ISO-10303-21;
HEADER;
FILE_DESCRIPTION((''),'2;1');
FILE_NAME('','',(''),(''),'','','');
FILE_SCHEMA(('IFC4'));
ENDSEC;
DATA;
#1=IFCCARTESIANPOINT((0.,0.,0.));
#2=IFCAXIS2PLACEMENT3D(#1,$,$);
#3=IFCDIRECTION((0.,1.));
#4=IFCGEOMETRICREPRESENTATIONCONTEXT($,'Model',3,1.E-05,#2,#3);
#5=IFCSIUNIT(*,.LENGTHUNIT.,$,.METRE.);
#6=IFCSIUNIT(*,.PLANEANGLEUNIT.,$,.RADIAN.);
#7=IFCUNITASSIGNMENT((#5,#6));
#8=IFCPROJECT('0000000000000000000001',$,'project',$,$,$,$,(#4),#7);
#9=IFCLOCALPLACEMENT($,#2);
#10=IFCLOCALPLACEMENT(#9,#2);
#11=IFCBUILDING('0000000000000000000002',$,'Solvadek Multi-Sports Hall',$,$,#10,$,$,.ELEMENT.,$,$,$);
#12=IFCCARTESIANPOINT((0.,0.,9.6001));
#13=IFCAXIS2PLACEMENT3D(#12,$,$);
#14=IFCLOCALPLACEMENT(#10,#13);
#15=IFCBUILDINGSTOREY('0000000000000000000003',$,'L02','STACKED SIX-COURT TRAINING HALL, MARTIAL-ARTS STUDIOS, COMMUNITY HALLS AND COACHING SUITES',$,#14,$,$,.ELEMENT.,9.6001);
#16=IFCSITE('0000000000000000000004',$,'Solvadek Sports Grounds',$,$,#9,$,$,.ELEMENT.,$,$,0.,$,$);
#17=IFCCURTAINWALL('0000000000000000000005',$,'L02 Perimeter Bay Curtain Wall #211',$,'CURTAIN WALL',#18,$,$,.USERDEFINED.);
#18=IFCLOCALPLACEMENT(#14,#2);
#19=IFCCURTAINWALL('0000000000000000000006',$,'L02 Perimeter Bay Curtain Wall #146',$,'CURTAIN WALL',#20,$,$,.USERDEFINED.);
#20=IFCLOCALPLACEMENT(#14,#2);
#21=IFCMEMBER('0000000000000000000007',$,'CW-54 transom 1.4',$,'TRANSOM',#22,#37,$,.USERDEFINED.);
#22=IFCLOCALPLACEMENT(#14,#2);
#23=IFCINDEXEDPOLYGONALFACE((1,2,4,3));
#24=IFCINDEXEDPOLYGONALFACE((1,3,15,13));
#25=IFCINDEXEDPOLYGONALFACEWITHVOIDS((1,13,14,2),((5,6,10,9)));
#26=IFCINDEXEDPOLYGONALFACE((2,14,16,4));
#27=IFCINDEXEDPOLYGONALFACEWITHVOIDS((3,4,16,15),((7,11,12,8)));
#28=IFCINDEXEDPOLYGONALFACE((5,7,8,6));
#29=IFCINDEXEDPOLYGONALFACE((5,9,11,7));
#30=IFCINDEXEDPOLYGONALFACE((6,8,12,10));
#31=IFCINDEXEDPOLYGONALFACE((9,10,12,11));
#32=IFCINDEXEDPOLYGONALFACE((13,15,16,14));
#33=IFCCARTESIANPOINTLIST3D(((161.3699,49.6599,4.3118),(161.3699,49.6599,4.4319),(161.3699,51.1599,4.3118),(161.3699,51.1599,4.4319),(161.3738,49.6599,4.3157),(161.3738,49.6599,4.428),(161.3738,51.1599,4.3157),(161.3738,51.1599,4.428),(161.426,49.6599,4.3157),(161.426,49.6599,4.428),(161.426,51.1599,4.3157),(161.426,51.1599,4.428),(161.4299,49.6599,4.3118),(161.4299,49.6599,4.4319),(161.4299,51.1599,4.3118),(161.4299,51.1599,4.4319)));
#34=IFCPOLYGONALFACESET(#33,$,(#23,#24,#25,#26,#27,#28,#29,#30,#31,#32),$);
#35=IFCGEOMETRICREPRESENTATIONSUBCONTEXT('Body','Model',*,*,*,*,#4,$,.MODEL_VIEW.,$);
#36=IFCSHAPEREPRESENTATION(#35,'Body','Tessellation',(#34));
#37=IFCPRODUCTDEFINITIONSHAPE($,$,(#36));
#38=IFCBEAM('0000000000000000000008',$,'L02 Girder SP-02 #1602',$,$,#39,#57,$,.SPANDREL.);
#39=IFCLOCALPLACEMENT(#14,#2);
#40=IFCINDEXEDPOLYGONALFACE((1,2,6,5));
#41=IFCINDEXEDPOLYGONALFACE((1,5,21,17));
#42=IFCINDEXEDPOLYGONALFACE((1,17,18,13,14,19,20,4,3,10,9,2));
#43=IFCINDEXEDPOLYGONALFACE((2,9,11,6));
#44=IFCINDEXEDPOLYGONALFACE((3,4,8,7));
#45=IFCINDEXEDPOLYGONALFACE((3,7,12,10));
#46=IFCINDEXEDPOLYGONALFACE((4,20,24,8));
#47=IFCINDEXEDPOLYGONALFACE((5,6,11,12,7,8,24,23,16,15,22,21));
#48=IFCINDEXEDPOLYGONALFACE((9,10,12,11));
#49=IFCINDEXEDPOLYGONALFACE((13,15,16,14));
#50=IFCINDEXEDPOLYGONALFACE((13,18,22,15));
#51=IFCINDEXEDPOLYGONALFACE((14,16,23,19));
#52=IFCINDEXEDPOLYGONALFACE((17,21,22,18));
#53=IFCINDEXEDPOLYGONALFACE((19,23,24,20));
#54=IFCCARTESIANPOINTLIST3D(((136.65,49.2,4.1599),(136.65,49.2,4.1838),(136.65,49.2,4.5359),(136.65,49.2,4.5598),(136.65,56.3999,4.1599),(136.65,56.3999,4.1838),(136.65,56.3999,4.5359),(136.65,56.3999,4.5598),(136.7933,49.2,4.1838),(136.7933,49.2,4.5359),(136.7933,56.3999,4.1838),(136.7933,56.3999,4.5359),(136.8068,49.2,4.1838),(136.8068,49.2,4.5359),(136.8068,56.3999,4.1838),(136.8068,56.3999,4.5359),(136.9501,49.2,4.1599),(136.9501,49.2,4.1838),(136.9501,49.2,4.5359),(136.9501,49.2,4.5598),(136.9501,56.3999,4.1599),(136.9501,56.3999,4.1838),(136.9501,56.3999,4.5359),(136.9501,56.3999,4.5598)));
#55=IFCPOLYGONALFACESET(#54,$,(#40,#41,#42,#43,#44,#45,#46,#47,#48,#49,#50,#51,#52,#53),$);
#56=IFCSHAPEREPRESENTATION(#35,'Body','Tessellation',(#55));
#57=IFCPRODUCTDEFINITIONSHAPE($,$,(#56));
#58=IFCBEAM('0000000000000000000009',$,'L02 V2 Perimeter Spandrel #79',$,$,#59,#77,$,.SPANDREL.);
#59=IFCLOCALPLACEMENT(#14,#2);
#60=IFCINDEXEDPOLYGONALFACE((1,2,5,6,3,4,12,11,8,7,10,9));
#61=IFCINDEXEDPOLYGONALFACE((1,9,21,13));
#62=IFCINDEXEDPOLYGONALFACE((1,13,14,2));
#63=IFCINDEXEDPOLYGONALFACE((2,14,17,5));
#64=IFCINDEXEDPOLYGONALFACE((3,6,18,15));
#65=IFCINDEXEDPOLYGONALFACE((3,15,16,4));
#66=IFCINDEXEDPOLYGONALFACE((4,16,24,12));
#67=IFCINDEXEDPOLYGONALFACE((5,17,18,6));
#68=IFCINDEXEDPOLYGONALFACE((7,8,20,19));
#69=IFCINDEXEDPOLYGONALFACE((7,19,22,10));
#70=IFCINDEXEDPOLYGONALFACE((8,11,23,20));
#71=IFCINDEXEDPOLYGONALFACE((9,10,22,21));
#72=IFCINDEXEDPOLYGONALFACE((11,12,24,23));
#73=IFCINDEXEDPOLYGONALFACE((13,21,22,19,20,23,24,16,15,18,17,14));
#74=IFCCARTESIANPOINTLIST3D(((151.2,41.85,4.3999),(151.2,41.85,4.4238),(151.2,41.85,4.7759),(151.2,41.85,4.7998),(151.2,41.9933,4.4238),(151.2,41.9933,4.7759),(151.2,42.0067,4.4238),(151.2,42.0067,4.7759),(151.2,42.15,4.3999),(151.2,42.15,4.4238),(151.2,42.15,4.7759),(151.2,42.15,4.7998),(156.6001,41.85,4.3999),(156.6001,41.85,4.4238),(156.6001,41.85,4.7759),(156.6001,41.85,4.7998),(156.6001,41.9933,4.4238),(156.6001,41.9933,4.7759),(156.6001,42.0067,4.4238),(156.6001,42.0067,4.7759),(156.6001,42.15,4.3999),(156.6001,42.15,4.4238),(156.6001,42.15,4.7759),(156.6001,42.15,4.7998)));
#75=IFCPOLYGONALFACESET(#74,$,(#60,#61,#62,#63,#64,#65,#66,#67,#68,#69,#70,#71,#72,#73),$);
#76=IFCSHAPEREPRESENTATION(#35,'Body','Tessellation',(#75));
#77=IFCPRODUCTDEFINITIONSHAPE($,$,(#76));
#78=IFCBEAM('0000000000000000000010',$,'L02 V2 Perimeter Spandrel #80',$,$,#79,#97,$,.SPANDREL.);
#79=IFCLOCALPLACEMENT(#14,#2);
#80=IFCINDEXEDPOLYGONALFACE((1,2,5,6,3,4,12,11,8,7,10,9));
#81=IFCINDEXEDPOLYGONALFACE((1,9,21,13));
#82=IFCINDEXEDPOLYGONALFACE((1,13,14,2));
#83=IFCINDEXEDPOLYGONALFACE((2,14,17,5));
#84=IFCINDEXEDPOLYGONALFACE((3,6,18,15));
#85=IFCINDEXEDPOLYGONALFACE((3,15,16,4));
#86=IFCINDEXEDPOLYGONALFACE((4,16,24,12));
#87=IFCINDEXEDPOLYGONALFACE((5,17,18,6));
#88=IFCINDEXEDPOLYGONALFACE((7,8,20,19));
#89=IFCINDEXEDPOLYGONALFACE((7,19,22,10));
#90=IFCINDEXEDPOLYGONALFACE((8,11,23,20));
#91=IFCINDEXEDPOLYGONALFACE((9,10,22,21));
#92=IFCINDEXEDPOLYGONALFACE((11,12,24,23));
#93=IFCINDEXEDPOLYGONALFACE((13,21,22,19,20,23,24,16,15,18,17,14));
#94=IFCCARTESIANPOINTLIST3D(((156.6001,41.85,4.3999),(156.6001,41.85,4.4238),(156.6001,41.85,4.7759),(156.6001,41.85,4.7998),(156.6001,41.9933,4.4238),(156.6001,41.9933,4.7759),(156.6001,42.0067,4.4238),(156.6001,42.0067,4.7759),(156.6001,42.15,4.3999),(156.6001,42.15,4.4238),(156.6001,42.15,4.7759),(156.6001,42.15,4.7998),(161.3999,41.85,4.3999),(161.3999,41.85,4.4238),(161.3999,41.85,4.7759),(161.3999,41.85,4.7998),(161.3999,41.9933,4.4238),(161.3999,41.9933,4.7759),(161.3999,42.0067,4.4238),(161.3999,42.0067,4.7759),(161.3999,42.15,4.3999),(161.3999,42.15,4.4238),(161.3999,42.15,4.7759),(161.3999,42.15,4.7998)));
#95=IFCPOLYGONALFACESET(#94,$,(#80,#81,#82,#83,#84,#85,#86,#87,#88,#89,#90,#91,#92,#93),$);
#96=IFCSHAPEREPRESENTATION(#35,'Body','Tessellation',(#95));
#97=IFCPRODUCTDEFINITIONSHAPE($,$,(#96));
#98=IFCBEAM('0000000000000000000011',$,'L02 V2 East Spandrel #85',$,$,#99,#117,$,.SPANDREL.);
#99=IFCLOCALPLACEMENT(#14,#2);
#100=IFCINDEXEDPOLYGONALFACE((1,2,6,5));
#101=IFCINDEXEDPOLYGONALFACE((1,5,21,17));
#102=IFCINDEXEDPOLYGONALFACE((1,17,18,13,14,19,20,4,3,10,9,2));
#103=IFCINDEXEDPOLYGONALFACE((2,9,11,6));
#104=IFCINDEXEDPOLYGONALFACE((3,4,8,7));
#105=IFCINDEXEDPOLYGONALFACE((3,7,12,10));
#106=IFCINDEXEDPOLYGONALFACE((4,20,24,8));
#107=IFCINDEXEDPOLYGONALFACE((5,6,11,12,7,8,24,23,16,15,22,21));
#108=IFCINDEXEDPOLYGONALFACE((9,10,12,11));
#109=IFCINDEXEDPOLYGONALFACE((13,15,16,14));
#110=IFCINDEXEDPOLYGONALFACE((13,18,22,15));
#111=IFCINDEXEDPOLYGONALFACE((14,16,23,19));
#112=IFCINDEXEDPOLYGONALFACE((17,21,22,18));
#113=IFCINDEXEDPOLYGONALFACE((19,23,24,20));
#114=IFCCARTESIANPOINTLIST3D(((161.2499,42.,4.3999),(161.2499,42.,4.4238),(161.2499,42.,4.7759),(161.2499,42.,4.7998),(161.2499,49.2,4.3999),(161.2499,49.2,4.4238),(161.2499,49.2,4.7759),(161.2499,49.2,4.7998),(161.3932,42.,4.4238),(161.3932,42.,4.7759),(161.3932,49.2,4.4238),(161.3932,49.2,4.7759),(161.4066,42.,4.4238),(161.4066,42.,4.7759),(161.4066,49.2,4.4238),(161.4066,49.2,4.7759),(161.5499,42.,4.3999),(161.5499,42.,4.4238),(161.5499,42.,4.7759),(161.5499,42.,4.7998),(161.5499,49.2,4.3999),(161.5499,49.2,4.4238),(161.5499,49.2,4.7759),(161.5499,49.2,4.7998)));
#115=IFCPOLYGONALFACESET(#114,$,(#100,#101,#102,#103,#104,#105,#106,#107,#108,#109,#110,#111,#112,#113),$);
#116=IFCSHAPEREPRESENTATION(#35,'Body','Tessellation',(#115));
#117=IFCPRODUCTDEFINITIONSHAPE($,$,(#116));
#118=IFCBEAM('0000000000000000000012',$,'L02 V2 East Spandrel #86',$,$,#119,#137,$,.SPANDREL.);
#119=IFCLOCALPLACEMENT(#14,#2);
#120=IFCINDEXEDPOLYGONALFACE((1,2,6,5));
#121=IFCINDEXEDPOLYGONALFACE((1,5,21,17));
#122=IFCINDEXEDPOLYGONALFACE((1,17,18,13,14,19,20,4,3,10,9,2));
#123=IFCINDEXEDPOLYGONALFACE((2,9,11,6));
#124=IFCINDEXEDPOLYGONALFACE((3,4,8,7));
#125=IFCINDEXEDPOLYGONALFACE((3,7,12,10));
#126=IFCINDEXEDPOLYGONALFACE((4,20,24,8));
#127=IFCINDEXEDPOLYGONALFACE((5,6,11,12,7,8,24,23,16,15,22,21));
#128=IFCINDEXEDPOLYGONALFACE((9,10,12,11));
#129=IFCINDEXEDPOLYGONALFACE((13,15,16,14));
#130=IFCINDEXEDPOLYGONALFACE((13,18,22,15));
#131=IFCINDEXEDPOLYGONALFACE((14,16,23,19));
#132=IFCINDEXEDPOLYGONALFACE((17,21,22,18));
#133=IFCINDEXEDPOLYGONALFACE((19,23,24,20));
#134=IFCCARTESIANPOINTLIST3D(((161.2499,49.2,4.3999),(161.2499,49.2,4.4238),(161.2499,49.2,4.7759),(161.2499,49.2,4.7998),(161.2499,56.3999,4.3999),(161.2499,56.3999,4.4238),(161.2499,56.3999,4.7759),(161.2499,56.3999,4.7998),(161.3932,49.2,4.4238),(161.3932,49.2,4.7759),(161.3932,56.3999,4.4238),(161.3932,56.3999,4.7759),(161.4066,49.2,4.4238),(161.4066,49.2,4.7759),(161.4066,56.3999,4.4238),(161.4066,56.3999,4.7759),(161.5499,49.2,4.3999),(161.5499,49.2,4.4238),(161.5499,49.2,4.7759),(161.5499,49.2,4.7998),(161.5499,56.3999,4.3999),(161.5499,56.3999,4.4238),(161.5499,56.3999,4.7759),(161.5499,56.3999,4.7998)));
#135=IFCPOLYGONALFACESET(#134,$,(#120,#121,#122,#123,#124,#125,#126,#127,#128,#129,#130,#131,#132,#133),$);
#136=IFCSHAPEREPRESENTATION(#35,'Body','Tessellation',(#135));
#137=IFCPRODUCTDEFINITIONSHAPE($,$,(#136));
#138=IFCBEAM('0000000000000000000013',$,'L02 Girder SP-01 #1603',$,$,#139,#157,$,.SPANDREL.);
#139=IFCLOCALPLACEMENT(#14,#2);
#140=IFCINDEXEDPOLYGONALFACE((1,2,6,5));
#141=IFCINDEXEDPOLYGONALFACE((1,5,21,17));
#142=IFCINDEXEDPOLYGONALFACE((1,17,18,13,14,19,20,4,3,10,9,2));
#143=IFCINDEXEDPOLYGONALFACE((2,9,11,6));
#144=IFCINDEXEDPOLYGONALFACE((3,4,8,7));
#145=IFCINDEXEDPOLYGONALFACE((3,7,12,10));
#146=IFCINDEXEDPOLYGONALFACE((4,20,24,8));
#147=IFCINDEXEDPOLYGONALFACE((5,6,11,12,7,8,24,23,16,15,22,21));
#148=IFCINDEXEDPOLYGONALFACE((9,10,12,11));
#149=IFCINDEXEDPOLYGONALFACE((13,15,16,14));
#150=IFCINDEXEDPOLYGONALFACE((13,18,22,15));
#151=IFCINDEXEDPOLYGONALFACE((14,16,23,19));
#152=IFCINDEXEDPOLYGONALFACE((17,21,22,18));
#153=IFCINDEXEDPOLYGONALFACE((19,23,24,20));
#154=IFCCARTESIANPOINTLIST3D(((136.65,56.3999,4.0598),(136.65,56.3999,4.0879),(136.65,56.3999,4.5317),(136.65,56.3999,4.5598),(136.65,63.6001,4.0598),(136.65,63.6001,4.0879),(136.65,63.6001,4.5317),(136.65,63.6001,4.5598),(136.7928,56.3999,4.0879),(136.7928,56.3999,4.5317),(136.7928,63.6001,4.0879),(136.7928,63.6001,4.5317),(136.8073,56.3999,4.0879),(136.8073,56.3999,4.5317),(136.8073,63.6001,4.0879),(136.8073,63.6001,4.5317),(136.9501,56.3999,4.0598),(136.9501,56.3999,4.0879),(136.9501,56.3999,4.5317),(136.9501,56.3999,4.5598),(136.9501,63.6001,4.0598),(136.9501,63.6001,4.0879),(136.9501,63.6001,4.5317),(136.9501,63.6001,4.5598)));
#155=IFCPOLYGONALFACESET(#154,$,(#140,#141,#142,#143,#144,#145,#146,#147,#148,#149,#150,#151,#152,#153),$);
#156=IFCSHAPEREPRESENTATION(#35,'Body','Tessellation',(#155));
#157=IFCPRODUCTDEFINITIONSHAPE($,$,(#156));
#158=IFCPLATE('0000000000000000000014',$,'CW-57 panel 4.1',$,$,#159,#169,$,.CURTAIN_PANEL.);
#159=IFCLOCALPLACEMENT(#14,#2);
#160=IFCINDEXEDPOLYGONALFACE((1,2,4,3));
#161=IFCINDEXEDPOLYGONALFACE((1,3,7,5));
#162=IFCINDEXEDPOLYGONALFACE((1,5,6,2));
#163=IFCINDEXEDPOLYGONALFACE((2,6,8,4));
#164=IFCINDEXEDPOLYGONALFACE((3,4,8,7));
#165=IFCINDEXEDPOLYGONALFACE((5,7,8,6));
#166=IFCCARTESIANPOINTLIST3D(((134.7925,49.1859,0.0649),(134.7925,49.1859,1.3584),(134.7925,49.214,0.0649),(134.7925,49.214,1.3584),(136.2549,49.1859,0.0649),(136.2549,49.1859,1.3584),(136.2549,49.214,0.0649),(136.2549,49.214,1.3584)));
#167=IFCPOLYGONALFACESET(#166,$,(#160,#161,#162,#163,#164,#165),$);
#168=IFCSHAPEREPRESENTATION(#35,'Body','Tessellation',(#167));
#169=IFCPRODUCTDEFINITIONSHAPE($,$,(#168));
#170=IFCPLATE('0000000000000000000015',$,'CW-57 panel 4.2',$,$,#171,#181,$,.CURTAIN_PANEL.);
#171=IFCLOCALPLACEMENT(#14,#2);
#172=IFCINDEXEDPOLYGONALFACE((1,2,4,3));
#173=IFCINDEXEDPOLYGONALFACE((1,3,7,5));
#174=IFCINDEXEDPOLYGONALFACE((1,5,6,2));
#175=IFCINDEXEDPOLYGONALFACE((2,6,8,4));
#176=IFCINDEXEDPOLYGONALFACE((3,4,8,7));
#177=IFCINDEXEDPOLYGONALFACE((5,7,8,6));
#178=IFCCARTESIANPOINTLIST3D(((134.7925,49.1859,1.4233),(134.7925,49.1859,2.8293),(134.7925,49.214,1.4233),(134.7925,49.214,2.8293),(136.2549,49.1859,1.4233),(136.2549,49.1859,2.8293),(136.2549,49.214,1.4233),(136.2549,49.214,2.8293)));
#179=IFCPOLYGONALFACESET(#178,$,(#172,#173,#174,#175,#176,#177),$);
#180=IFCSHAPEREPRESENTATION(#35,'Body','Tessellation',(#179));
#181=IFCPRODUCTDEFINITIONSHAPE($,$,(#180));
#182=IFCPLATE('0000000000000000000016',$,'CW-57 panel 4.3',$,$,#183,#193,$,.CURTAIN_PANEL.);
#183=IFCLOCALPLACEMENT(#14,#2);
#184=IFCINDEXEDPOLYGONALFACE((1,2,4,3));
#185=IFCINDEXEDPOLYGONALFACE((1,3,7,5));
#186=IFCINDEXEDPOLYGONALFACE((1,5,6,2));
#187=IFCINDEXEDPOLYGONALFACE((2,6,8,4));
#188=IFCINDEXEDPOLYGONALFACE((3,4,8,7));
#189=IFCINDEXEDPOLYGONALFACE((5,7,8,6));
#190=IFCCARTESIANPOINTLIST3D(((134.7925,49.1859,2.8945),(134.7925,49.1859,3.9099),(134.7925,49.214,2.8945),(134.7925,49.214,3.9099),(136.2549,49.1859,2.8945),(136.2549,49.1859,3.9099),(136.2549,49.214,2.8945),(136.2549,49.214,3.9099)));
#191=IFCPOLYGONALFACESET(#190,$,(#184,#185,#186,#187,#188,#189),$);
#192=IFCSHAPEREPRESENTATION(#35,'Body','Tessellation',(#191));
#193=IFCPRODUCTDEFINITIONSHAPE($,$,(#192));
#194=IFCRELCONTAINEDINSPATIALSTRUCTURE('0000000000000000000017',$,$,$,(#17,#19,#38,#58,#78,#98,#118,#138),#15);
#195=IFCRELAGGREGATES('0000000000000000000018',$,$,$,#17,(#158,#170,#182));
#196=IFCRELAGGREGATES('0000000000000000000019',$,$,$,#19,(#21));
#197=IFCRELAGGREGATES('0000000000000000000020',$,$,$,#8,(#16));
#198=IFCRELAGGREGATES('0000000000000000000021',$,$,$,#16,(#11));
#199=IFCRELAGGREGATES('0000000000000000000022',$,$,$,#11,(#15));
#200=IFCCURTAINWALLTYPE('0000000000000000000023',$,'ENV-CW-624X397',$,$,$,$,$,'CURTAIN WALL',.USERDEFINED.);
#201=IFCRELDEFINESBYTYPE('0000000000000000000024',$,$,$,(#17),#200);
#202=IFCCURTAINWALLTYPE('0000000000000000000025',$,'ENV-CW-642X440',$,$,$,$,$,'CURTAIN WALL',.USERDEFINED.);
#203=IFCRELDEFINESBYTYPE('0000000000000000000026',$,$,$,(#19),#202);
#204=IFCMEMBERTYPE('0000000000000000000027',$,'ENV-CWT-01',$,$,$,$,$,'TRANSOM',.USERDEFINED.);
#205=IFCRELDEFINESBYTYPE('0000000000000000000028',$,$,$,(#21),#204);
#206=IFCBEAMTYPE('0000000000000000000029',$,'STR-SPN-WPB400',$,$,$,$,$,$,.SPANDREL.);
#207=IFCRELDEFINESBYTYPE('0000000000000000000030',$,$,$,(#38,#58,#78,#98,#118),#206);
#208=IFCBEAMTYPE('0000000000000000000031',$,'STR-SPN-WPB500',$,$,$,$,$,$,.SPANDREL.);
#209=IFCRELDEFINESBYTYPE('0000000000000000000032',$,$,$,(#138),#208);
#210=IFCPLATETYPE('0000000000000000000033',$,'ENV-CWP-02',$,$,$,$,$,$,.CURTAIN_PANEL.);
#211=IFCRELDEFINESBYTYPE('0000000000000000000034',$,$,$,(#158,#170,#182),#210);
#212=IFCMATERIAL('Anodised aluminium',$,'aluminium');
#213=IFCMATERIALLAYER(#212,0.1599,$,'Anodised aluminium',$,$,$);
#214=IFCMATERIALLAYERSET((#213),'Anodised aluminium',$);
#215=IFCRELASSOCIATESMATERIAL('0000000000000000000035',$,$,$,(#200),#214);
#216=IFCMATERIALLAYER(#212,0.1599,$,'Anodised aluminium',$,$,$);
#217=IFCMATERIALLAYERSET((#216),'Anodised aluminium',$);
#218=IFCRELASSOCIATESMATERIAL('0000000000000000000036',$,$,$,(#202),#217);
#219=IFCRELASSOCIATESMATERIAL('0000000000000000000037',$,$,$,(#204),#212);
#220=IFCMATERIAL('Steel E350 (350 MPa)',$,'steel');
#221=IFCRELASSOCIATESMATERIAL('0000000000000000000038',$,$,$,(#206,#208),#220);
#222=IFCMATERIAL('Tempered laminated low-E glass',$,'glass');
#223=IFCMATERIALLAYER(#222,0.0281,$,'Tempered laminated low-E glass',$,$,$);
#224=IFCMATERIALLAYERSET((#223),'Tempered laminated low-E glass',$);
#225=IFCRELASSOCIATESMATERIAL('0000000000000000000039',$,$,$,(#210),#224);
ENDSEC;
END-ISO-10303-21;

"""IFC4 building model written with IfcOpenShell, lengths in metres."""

from ifc_helpers import new_model, si_unit, direction, frame, origin, origin_2d, place, context, subcontext, project, spatial, rectangle, hollow_rectangle, i_section, extrude, material, layer, layer_set, material_profile, profile_set, type_object, element, aggregate, save


model = new_model("IFC4")

# Units and contexts
model_context = context("Model", 3, precision=1e-05, world=origin(), true_north=direction((0.0, 1.0)))
body_context = subcontext(model_context, "Body", "Model", "MODEL_VIEW")
ifc_project = project(units=[si_unit("LENGTHUNIT", "METRE"), si_unit("PLANEANGLEUNIT", "RADIAN")], contexts=[model_context])

# Site, building, storey
site_placement = place(None, origin())
site = spatial("IfcSite", under=ifc_project, at=site_placement, Name="Solvadek Sports Grounds", CompositionType="ELEMENT", RefElevation=0.0)
building_placement = place(site_placement, origin())
building = spatial("IfcBuilding", under=site, at=building_placement, Name="Solvadek Multi-Sports Hall", CompositionType="ELEMENT")
storey_placement = place(building_placement, frame((0.0, 0.0, 9.6001)))
storey = spatial("IfcBuildingStorey", under=building, at=storey_placement, Name="L02", Description="STACKED SIX-COURT TRAINING HALL, MARTIAL-ARTS STUDIOS, COMMUNITY HALLS AND COACHING SUITES", CompositionType="ELEMENT", Elevation=9.6001)

# Shared definitions
ifc_material_1 = material(Name="Steel E350 (350 MPa)", Category="steel")

# Curtain wall
ifc_material_2 = material(Name="Anodised aluminium", Category="aluminium")
ifc_layer_1 = layer(ifc_material_2, 0.1599, Name="Anodised aluminium")
ifc_layer_set_1 = layer_set([ifc_layer_1], Name="Anodised aluminium")
curtain_wall_type_1 = type_object("IfcCurtainWallType", Name="ENV-CW-624X397", ElementType="CURTAIN WALL", PredefinedType="USERDEFINED", material=ifc_layer_set_1)
curtain_wall_1_placement = place(storey_placement, origin())
curtain_wall_1 = element("IfcCurtainWall", 1, at=curtain_wall_1_placement, inside=storey, type_object=curtain_wall_type_1, Name="L02 Perimeter Bay Curtain Wall #211", ObjectType="CURTAIN WALL", PredefinedType="USERDEFINED")

# Curtain wall, member
ifc_layer_2 = layer(ifc_material_2, 0.1599, Name="Anodised aluminium")
ifc_layer_set_2 = layer_set([ifc_layer_2], Name="Anodised aluminium")
curtain_wall_type_2 = type_object("IfcCurtainWallType", Name="ENV-CW-642X440", ElementType="CURTAIN WALL", PredefinedType="USERDEFINED", material=ifc_layer_set_2)
curtain_wall_2_placement = place(storey_placement, origin())
curtain_wall_2 = element("IfcCurtainWall", 2, at=curtain_wall_2_placement, inside=storey, type_object=curtain_wall_type_2, Name="L02 Perimeter Bay Curtain Wall #146", ObjectType="CURTAIN WALL", PredefinedType="USERDEFINED")
ifc_material_profile_1 = material_profile(ifc_material_2, hollow_rectangle(XDim=0.0601, YDim=0.1201, WallThickness=0.0039, at=origin_2d()), Name="ALU-T 120x60x4")
ifc_profile_set_1 = profile_set([ifc_material_profile_1], Name="Anodised aluminium")
member_type_1 = type_object("IfcMemberType", Name="ENV-CWT-01", ElementType="TRANSOM", PredefinedType="USERDEFINED", material=ifc_profile_set_1)
member_1_placement = place(storey_placement, frame((161.3999, 49.6599, 4.3718), z_axis=(0.0, 1.0, 0.0), x_axis=(-1.0, 0.0, 0.0)))
member_1 = element("IfcMember", 3, at=member_1_placement, type_object=member_type_1, Name="CW-54 transom 1.4", ObjectType="TRANSOM", PredefinedType="USERDEFINED", context=body_context, shape_type="SweptSolid", body=[
    extrude(hollow_rectangle(XDim=0.0601, YDim=0.1201, WallThickness=0.0039, at=origin_2d()), origin(), (0.0, 0.0, 1.0), 1.5),
])

# Beams
ifc_material_profile_2 = material_profile(ifc_material_1, i_section(OverallWidth=0.3, OverallDepth=0.3999, WebThickness=0.0134, FlangeThickness=0.0239, at=origin_2d()), Name="WPB 400")
ifc_profile_set_2 = profile_set([ifc_material_profile_2], Name="Steel E350 (350 MPa)")
beam_type_1 = type_object("IfcBeamType", Name="STR-SPN-WPB400", PredefinedType="SPANDREL", material=ifc_profile_set_2)
beam_1_placement = place(storey_placement, frame((136.8, 49.2, 4.3599), z_axis=(0.0, 1.0, 0.0), x_axis=(-1.0, 0.0, 0.0)))
element("IfcBeam", 4, at=beam_1_placement, inside=storey, type_object=beam_type_1, Name="L02 Girder SP-02 #1602", PredefinedType="SPANDREL", context=body_context, shape_type="SweptSolid", body=[
    extrude(i_section(OverallWidth=0.3, OverallDepth=0.3999, WebThickness=0.0134, FlangeThickness=0.0239, at=origin_2d()), origin(), (0.0, 0.0, 1.0), 7.2),
])
beam_2_placement = place(storey_placement, frame((151.2, 42.0, 4.5999), z_axis=(1.0, 0.0, 0.0), x_axis=(0.0, 1.0, 0.0)))
element("IfcBeam", 5, at=beam_2_placement, inside=storey, type_object=beam_type_1, Name="L02 V2 Perimeter Spandrel #79", PredefinedType="SPANDREL", context=body_context, shape_type="SweptSolid", body=[
    extrude(i_section(OverallWidth=0.3, OverallDepth=0.3999, WebThickness=0.0134, FlangeThickness=0.0239, at=origin_2d()), origin(), (0.0, 0.0, 1.0), 5.4001),
])
beam_3_placement = place(storey_placement, frame((156.6001, 42.0, 4.5999), z_axis=(1.0, 0.0, 0.0), x_axis=(0.0, 1.0, 0.0)))
element("IfcBeam", 6, at=beam_3_placement, inside=storey, type_object=beam_type_1, Name="L02 V2 Perimeter Spandrel #80", PredefinedType="SPANDREL", context=body_context, shape_type="SweptSolid", body=[
    extrude(i_section(OverallWidth=0.3, OverallDepth=0.3999, WebThickness=0.0134, FlangeThickness=0.0239, at=origin_2d()), origin(), (0.0, 0.0, 1.0), 4.7998),
])
for number, where, z_axis, x_axis, name in (
    (7, (161.3999, 42.0, 4.5999), (0.0, 1.0, 0.0), (-1.0, 0.0, 0.0), "L02 V2 East Spandrel #85"),
    (8, (161.3999, 49.2, 4.5999), (0.0, 1.0, 0.0), (-1.0, 0.0, 0.0), "L02 V2 East Spandrel #86"),
):
    element("IfcBeam", number, at=place(storey_placement, frame(where, z_axis=z_axis, x_axis=x_axis)), inside=storey, type_object=beam_type_1, Name=name, PredefinedType="SPANDREL", context=body_context, shape_type="SweptSolid", body=[
        extrude(i_section(OverallWidth=0.3, OverallDepth=0.3999, WebThickness=0.0134, FlangeThickness=0.0239, at=origin_2d()), origin(), (0.0, 0.0, 1.0), 7.2),
    ])
ifc_material_profile_3 = material_profile(ifc_material_1, i_section(OverallWidth=0.3, OverallDepth=0.5, WebThickness=0.0144, FlangeThickness=0.0281, at=origin_2d()), Name="WPB 500")
ifc_profile_set_3 = profile_set([ifc_material_profile_3], Name="Steel E350 (350 MPa)")
beam_type_2 = type_object("IfcBeamType", Name="STR-SPN-WPB500", PredefinedType="SPANDREL", material=ifc_profile_set_3)
beam_4_placement = place(storey_placement, frame((136.8, 56.3999, 4.3098), z_axis=(0.0, 1.0, 0.0), x_axis=(-1.0, 0.0, 0.0)))
element("IfcBeam", 9, at=beam_4_placement, inside=storey, type_object=beam_type_2, Name="L02 Girder SP-01 #1603", PredefinedType="SPANDREL", context=body_context, shape_type="SweptSolid", body=[
    extrude(i_section(OverallWidth=0.3, OverallDepth=0.5, WebThickness=0.0144, FlangeThickness=0.0281, at=origin_2d()), origin(), (0.0, 0.0, 1.0), 7.2002),
])

# Plates
ifc_material_3 = material(Name="Tempered laminated low-E glass", Category="glass")
ifc_layer_3 = layer(ifc_material_3, 0.0281, Name="Tempered laminated low-E glass")
ifc_layer_set_3 = layer_set([ifc_layer_3], Name="Tempered laminated low-E glass")
plate_type_1 = type_object("IfcPlateType", Name="ENV-CWP-02", PredefinedType="CURTAIN_PANEL", material=ifc_layer_set_3)
plate_1_placement = place(storey_placement, frame((135.5237, 49.2, 0.0649), z_axis=(0.0, 0.0, 1.0), x_axis=(1.0, 0.0, 0.0)))
plate_1 = element("IfcPlate", 10, at=plate_1_placement, type_object=plate_type_1, Name="CW-57 panel 4.1", PredefinedType="CURTAIN_PANEL", context=body_context, shape_type="SweptSolid", body=[
    extrude(rectangle(XDim=1.4624, YDim=0.0281, at=origin_2d()), origin(), (0.0, 0.0, 1.0), 1.2935),
])
plate_2_placement = place(storey_placement, frame((135.5237, 49.2, 1.4233), z_axis=(0.0, 0.0, 1.0), x_axis=(1.0, 0.0, 0.0)))
plate_2 = element("IfcPlate", 11, at=plate_2_placement, type_object=plate_type_1, Name="CW-57 panel 4.2", PredefinedType="CURTAIN_PANEL", context=body_context, shape_type="SweptSolid", body=[
    extrude(rectangle(XDim=1.4624, YDim=0.0281, at=origin_2d()), origin(), (0.0, 0.0, 1.0), 1.406),
])
plate_3_placement = place(storey_placement, frame((135.5237, 49.2, 2.8945), z_axis=(0.0, 0.0, 1.0), x_axis=(1.0, 0.0, 0.0)))
plate_3 = element("IfcPlate", 12, at=plate_3_placement, type_object=plate_type_1, Name="CW-57 panel 4.3", PredefinedType="CURTAIN_PANEL", context=body_context, shape_type="SweptSolid", body=[
    extrude(rectangle(XDim=1.4624, YDim=0.0281, at=origin_2d()), origin(), (0.0, 0.0, 1.0), 1.0154),
])
aggregate(curtain_wall_1, [plate_1, plate_2, plate_3])
aggregate(curtain_wall_2, [member_1])

save(model, "model.ifc")
